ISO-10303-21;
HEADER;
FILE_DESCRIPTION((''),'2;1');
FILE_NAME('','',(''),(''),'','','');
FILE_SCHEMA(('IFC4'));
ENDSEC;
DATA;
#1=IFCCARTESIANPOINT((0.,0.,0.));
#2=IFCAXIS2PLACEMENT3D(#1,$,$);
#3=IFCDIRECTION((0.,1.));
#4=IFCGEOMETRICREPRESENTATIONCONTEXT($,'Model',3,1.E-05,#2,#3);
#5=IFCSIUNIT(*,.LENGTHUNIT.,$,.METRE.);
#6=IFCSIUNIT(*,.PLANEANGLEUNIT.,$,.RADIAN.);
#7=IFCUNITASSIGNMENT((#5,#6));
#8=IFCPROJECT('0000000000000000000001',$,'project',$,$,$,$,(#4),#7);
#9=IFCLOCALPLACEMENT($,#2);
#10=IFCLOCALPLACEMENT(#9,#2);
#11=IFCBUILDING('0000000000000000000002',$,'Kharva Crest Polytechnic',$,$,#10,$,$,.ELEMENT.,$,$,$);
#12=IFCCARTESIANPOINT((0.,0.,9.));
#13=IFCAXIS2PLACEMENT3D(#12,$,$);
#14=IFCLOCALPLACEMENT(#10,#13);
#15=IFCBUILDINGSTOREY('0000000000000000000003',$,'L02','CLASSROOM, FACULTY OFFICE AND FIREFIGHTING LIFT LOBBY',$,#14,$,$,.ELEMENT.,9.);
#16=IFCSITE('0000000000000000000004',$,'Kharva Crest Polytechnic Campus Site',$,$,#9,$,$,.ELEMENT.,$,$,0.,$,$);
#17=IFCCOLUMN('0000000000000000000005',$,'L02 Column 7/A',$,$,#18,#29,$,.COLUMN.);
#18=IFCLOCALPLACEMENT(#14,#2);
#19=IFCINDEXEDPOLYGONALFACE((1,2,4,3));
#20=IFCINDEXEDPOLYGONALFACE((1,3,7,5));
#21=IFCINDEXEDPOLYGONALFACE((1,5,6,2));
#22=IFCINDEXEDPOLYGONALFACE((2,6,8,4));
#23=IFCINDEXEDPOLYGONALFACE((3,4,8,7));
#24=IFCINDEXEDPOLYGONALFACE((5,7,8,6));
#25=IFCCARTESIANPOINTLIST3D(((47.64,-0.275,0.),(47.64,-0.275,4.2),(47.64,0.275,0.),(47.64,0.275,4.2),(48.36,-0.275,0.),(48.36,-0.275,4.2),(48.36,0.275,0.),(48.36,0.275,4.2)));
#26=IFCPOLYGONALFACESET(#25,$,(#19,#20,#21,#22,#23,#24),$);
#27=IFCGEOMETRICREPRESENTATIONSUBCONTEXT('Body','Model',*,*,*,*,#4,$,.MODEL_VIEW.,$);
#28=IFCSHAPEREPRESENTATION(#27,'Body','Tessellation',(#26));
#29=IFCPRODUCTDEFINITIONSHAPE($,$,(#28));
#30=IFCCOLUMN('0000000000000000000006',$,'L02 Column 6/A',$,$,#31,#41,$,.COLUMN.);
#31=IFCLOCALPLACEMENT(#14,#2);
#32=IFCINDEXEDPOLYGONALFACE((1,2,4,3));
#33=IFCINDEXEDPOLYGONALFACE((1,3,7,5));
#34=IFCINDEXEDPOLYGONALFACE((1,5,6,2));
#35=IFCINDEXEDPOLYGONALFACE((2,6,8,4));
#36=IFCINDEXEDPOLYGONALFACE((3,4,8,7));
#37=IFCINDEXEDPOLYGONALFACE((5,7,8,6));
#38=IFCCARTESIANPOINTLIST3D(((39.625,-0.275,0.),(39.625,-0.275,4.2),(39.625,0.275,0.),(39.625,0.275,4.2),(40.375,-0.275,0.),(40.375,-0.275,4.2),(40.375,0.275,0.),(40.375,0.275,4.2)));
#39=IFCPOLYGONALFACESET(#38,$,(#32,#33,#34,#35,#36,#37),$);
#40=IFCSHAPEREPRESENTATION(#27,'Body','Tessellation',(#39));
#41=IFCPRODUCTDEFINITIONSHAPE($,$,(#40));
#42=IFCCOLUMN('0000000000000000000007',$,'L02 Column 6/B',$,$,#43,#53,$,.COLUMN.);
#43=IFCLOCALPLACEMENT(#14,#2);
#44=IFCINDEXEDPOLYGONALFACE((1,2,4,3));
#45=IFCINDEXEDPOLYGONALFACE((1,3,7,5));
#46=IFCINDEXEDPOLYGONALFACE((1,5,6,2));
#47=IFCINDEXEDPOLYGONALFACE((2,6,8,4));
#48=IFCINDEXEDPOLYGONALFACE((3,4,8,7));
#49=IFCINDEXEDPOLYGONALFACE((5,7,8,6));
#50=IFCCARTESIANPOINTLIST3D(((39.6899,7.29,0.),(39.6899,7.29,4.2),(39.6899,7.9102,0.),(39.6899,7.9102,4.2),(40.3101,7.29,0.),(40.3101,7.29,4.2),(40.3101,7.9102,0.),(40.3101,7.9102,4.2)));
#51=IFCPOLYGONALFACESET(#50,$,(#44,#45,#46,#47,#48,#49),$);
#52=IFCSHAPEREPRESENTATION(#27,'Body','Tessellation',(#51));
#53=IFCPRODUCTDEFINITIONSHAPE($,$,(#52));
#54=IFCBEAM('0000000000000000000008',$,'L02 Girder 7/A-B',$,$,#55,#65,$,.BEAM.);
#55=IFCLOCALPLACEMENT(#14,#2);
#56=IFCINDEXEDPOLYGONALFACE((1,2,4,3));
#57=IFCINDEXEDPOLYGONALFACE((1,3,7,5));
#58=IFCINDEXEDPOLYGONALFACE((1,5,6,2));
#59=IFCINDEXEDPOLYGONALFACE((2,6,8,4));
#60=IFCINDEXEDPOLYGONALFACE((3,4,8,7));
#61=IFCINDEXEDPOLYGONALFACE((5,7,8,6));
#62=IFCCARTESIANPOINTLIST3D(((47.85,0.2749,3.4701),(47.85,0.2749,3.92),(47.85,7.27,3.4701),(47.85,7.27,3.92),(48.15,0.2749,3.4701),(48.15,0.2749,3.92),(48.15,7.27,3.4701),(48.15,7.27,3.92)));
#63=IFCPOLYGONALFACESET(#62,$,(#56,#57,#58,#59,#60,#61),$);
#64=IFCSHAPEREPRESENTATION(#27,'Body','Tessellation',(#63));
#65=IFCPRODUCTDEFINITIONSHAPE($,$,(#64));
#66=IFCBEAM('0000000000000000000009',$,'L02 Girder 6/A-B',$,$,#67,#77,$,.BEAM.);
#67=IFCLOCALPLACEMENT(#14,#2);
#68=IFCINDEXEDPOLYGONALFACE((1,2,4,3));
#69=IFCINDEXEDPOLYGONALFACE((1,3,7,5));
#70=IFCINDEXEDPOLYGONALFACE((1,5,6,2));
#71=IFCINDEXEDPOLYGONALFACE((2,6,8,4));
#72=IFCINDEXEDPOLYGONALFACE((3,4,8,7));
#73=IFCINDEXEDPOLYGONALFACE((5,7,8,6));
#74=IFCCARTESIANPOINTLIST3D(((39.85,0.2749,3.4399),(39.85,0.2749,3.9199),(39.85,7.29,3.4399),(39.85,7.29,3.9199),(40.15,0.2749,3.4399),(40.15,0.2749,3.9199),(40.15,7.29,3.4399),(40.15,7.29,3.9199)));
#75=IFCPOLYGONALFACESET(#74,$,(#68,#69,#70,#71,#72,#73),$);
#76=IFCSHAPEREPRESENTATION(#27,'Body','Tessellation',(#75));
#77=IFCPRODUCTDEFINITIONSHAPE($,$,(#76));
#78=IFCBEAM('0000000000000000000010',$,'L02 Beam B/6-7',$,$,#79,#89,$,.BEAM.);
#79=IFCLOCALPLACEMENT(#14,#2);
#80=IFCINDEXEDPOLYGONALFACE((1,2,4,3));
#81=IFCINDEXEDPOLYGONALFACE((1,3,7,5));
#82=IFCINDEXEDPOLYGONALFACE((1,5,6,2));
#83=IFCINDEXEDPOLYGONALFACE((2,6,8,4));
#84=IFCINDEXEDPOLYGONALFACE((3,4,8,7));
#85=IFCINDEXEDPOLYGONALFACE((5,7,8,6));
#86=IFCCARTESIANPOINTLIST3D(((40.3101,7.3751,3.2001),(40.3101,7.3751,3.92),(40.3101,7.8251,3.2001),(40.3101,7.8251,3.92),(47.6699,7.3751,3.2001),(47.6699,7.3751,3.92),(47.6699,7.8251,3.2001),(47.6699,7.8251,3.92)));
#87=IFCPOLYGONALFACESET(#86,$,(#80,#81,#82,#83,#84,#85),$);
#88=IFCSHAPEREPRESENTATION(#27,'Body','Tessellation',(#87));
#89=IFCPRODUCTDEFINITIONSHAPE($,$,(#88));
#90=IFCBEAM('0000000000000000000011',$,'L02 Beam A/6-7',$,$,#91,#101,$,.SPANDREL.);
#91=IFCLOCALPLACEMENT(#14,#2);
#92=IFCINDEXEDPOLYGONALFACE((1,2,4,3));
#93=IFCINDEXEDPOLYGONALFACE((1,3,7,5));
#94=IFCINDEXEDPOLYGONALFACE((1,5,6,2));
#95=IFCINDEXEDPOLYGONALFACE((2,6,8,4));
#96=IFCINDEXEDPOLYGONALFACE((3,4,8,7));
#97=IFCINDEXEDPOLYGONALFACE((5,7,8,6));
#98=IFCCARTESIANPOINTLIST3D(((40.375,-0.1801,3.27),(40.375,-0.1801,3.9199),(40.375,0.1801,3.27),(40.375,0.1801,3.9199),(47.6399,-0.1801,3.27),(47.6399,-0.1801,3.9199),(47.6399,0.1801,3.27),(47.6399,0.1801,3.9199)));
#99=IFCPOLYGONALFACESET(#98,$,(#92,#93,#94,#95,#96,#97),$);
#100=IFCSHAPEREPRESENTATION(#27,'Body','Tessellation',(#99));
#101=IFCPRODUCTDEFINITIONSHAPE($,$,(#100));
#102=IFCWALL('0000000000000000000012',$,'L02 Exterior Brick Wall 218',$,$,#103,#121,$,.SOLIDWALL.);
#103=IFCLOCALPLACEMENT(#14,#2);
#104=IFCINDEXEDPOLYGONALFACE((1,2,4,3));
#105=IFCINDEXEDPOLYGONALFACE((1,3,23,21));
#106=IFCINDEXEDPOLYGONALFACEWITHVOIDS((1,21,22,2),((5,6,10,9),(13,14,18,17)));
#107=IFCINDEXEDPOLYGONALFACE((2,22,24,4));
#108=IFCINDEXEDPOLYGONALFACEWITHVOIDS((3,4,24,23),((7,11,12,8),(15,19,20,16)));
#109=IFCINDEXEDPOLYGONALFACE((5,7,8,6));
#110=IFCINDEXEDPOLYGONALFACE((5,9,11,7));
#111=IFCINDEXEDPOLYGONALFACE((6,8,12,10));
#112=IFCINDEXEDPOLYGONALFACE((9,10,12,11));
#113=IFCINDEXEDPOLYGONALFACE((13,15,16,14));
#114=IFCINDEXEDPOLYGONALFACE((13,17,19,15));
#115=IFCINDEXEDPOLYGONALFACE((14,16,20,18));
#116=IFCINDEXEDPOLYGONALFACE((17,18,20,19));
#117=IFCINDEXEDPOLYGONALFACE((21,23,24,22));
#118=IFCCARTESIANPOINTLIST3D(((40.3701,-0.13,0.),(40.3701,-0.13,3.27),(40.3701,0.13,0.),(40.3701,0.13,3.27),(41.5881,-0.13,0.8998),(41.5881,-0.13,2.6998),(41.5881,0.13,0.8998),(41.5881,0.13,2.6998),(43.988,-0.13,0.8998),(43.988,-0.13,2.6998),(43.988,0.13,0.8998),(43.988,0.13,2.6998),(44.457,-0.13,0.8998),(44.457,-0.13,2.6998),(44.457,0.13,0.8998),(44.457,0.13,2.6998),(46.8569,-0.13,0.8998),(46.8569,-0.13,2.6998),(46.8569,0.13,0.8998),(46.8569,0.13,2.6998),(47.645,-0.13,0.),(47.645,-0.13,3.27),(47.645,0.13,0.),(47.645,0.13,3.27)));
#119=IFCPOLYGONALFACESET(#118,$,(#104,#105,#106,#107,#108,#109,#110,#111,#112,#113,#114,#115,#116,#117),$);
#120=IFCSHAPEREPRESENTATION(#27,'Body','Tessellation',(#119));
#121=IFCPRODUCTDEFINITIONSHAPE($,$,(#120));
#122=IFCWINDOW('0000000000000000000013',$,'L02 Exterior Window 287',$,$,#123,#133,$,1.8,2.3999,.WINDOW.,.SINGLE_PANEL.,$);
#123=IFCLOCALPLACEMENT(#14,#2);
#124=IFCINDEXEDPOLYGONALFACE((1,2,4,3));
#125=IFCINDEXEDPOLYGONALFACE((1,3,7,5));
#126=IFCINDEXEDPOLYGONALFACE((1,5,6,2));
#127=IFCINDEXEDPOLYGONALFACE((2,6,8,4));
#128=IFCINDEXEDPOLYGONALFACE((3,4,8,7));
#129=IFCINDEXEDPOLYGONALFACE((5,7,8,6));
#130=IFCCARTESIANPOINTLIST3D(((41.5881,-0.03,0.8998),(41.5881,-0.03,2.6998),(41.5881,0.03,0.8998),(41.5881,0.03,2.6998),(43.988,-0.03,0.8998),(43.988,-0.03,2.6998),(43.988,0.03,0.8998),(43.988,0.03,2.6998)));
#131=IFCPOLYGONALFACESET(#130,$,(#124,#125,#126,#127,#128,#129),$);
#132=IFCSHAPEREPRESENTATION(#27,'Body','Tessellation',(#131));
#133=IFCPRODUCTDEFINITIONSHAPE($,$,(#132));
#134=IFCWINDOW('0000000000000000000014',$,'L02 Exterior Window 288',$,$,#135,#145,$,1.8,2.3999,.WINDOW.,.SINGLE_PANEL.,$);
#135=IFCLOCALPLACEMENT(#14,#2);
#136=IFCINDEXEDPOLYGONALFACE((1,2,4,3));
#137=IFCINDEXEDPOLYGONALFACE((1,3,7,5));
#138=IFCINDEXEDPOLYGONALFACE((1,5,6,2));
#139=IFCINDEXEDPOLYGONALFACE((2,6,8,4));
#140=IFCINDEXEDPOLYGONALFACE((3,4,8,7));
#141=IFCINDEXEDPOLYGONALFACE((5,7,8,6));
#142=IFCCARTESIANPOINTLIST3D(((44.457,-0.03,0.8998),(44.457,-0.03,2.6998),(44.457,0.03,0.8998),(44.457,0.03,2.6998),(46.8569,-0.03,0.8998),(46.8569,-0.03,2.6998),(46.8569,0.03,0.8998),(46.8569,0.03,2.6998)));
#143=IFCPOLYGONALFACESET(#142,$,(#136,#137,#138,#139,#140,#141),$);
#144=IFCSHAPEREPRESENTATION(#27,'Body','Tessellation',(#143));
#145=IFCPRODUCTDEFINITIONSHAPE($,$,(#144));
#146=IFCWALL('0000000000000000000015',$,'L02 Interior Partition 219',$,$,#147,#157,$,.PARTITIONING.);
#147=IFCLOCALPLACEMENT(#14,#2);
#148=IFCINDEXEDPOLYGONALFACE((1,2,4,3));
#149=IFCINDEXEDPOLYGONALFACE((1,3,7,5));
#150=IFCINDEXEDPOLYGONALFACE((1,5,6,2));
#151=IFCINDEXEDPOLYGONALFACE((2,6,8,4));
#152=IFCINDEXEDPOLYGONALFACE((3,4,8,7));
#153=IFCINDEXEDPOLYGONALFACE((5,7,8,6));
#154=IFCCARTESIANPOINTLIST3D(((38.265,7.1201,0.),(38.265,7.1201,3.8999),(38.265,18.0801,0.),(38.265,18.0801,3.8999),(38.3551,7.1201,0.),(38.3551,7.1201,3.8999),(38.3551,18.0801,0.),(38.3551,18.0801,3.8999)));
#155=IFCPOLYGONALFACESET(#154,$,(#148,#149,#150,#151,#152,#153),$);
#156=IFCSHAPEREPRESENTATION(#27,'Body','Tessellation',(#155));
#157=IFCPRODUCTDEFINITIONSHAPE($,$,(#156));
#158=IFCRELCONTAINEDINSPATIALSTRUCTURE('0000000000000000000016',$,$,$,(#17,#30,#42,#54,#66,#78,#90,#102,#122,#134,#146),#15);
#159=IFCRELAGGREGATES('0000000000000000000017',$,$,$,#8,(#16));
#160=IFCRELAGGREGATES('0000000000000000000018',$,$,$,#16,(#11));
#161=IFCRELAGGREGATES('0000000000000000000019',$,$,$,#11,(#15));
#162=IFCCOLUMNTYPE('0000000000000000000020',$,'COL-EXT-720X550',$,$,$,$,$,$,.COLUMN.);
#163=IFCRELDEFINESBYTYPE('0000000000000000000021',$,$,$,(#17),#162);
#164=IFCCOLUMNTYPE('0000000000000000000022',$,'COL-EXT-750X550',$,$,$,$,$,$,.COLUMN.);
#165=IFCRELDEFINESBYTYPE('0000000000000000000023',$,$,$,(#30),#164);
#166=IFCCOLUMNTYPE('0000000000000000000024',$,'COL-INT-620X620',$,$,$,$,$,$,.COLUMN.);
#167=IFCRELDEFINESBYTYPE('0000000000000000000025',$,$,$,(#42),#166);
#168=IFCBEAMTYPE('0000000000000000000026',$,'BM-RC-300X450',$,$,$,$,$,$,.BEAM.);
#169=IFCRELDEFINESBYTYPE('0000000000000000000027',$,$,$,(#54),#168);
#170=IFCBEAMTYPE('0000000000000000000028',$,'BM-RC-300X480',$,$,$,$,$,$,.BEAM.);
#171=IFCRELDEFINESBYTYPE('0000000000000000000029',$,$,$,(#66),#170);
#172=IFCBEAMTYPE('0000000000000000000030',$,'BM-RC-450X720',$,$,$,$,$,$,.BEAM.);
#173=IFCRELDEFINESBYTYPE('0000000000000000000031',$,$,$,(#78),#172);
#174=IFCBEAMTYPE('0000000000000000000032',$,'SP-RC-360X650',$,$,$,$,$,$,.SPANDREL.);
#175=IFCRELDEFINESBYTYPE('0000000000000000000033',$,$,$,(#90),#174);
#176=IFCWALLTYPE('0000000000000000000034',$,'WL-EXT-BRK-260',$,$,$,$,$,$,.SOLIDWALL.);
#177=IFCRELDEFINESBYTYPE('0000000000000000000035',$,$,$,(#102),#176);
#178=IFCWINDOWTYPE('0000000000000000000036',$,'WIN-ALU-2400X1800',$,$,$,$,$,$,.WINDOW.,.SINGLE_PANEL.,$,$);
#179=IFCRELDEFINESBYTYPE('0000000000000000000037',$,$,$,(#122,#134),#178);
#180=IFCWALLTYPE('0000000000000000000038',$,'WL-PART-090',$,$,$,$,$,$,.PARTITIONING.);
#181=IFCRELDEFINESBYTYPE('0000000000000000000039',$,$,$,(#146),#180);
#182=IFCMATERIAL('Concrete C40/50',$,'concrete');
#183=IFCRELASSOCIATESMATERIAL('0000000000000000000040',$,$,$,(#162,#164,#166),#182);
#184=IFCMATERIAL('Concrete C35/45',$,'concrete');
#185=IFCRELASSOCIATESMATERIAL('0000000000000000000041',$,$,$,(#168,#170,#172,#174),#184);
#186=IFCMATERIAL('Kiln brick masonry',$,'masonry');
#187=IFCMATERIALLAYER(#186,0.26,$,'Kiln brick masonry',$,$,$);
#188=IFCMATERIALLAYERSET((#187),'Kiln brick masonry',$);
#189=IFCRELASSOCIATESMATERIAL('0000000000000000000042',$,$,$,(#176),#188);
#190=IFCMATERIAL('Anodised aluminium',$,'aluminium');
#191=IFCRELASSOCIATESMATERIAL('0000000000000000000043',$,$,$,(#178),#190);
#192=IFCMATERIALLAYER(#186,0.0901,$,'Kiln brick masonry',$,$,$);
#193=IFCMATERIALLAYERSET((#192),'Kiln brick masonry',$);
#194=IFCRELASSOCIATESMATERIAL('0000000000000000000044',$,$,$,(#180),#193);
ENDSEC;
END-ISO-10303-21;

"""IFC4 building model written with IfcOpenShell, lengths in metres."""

from ifc_helpers import new_model, si_unit, direction, frame, frame_2d, origin, origin_2d, place, context, subcontext, project, spatial, rectangle, extrude, material, layer, layer_set, material_profile, profile_set, type_object, element, fill, save


model = new_model("IFC4")

# Units and contexts
model_context = context("Model", 3, precision=1e-05, world=origin(), true_north=direction((0.0, 1.0)))
body_context = subcontext(model_context, "Body", "Model", "MODEL_VIEW")
ifc_project = project(units=[si_unit("LENGTHUNIT", "METRE"), si_unit("PLANEANGLEUNIT", "RADIAN")], contexts=[model_context])

# Site, building, storey
site_placement = place(None, origin())
site = spatial("IfcSite", under=ifc_project, at=site_placement, Name="Kharva Crest Polytechnic Campus Site", CompositionType="ELEMENT", RefElevation=0.0)
building_placement = place(site_placement, origin())
building = spatial("IfcBuilding", under=site, at=building_placement, Name="Kharva Crest Polytechnic", CompositionType="ELEMENT")
storey_placement = place(building_placement, frame((0.0, 0.0, 9.0)))
storey = spatial("IfcBuildingStorey", under=building, at=storey_placement, Name="L02", Description="CLASSROOM, FACULTY OFFICE AND FIREFIGHTING LIFT LOBBY", CompositionType="ELEMENT", Elevation=9.0)

# Columns
ifc_material_1 = material(Name="Concrete C40/50", Category="concrete")
ifc_material_profile_1 = material_profile(ifc_material_1, rectangle(XDim=0.72, YDim=0.55, at=origin_2d()), Name="RECT 720 X 550")
ifc_profile_set_1 = profile_set([ifc_material_profile_1], Name="Concrete C40/50")
column_type_1 = type_object("IfcColumnType", Name="COL-EXT-720X550", PredefinedType="COLUMN", material=ifc_profile_set_1)
column_1_placement = place(storey_placement, frame((48.0, 0.0, 0.0), z_axis=(0.0, 0.0, 1.0), x_axis=(1.0, 0.0, 0.0)))
element("IfcColumn", 1, at=column_1_placement, inside=storey, type_object=column_type_1, Name="L02 Column 7/A", PredefinedType="COLUMN", context=body_context, shape_type="SweptSolid", body=[
    extrude(rectangle(XDim=0.72, YDim=0.55, at=origin_2d()), origin(), (0.0, 0.0, 1.0), 4.2),
])
ifc_material_profile_2 = material_profile(ifc_material_1, rectangle(XDim=0.75, YDim=0.55, at=origin_2d()), Name="RECT 750 X 550")
ifc_profile_set_2 = profile_set([ifc_material_profile_2], Name="Concrete C40/50")
column_type_2 = type_object("IfcColumnType", Name="COL-EXT-750X550", PredefinedType="COLUMN", material=ifc_profile_set_2)
column_2_placement = place(storey_placement, frame((40.0, 0.0, 0.0), z_axis=(0.0, 0.0, 1.0), x_axis=(1.0, 0.0, 0.0)))
element("IfcColumn", 2, at=column_2_placement, inside=storey, type_object=column_type_2, Name="L02 Column 6/A", PredefinedType="COLUMN", context=body_context, shape_type="SweptSolid", body=[
    extrude(rectangle(XDim=0.75, YDim=0.55, at=origin_2d()), origin(), (0.0, 0.0, 1.0), 4.2),
])
ifc_material_profile_3 = material_profile(ifc_material_1, rectangle(XDim=0.6201, YDim=0.6201, at=origin_2d()), Name="RECT 620 X 620")
ifc_profile_set_3 = profile_set([ifc_material_profile_3], Name="Concrete C40/50")
column_type_3 = type_object("IfcColumnType", Name="COL-INT-620X620", PredefinedType="COLUMN", material=ifc_profile_set_3)
column_3_placement = place(storey_placement, frame((40.0, 7.6001, 0.0), z_axis=(0.0, 0.0, 1.0), x_axis=(1.0, 0.0, 0.0)))
element("IfcColumn", 3, at=column_3_placement, inside=storey, type_object=column_type_3, Name="L02 Column 6/B", PredefinedType="COLUMN", context=body_context, shape_type="SweptSolid", body=[
    extrude(rectangle(XDim=0.6201, YDim=0.6201, at=origin_2d()), origin(), (0.0, 0.0, 1.0), 4.2),
])

# Beams
ifc_material_2 = material(Name="Concrete C35/45", Category="concrete")
ifc_material_profile_4 = material_profile(ifc_material_2, rectangle(XDim=0.3, YDim=0.45, at=origin_2d()), Name="RECT 300 X 450")
ifc_profile_set_4 = profile_set([ifc_material_profile_4], Name="Concrete C35/45")
beam_type_1 = type_object("IfcBeamType", Name="BM-RC-300X450", PredefinedType="BEAM", material=ifc_profile_set_4)
beam_1_placement = place(storey_placement, frame((48.0, 0.2749, 3.6951), z_axis=(0.0, 1.0, 0.0), x_axis=(-1.0, 0.0, 0.0)))
element("IfcBeam", 4, at=beam_1_placement, inside=storey, type_object=beam_type_1, Name="L02 Girder 7/A-B", PredefinedType="BEAM", context=body_context, shape_type="SweptSolid", body=[
    extrude(rectangle(XDim=0.3, YDim=0.45, at=origin_2d()), origin(), (0.0, 0.0, 1.0), 6.9951),
])
ifc_material_profile_5 = material_profile(ifc_material_2, rectangle(XDim=0.3, YDim=0.48, at=origin_2d()), Name="RECT 300 X 480")
ifc_profile_set_5 = profile_set([ifc_material_profile_5], Name="Concrete C35/45")
beam_type_2 = type_object("IfcBeamType", Name="BM-RC-300X480", PredefinedType="BEAM", material=ifc_profile_set_5)
beam_2_placement = place(storey_placement, frame((40.0, 0.2749, 3.6799), z_axis=(0.0, 1.0, 0.0), x_axis=(-1.0, 0.0, 0.0)))
element("IfcBeam", 5, at=beam_2_placement, inside=storey, type_object=beam_type_2, Name="L02 Girder 6/A-B", PredefinedType="BEAM", context=body_context, shape_type="SweptSolid", body=[
    extrude(rectangle(XDim=0.3, YDim=0.48, at=origin_2d()), origin(), (0.0, 0.0, 1.0), 7.0151),
])
ifc_material_profile_6 = material_profile(ifc_material_2, rectangle(XDim=0.45, YDim=0.72, at=origin_2d()), Name="RECT 450 X 720")
ifc_profile_set_6 = profile_set([ifc_material_profile_6], Name="Concrete C35/45")
beam_type_3 = type_object("IfcBeamType", Name="BM-RC-450X720", PredefinedType="BEAM", material=ifc_profile_set_6)
beam_3_placement = place(storey_placement, frame((40.3101, 7.6001, 3.5601), z_axis=(1.0, 0.0, 0.0), x_axis=(0.0, 1.0, 0.0)))
element("IfcBeam", 6, at=beam_3_placement, inside=storey, type_object=beam_type_3, Name="L02 Beam B/6-7", PredefinedType="BEAM", context=body_context, shape_type="SweptSolid", body=[
    extrude(rectangle(XDim=0.45, YDim=0.72, at=origin_2d()), origin(), (0.0, 0.0, 1.0), 7.3599),
])
ifc_material_profile_7 = material_profile(ifc_material_2, rectangle(XDim=0.3601, YDim=0.6499, at=origin_2d()), Name="RECT 360 X 650")
ifc_profile_set_7 = profile_set([ifc_material_profile_7], Name="Concrete C35/45")
beam_type_4 = type_object("IfcBeamType", Name="SP-RC-360X650", PredefinedType="SPANDREL", material=ifc_profile_set_7)
beam_4_placement = place(storey_placement, frame((40.375, 0.0, 3.595), z_axis=(1.0, 0.0, 0.0), x_axis=(0.0, 1.0, 0.0)))
element("IfcBeam", 7, at=beam_4_placement, inside=storey, type_object=beam_type_4, Name="L02 Beam A/6-7", PredefinedType="SPANDREL", context=body_context, shape_type="SweptSolid", body=[
    extrude(rectangle(XDim=0.3601, YDim=0.6499, at=origin_2d()), origin(), (0.0, 0.0, 1.0), 7.2649),
])

# Wall, openings, windows
ifc_material_3 = material(Name="Kiln brick masonry", Category="masonry")
ifc_layer_1 = layer(ifc_material_3, 0.26, Name="Kiln brick masonry")
ifc_layer_set_1 = layer_set([ifc_layer_1], Name="Kiln brick masonry")
wall_type_1 = type_object("IfcWallType", Name="WL-EXT-BRK-260", PredefinedType="SOLIDWALL", material=ifc_layer_set_1)
wall_1_placement = place(storey_placement, frame((40.3701, 0.0, 0.0), z_axis=(0.0, 0.0, 1.0), x_axis=(1.0, 0.0, 0.0)))
wall_1 = element("IfcWall", 8, at=wall_1_placement, inside=storey, type_object=wall_type_1, Name="L02 Exterior Brick Wall 218", PredefinedType="SOLIDWALL", context=body_context, shape_type="SweptSolid", body=[
    extrude(rectangle(XDim=7.2749, YDim=0.26, at=frame_2d((3.6375, 0.0))), origin(), (0.0, 0.0, 1.0), 3.27),
])
opening_1_placement = place(wall_1_placement, frame((1.218, 0.0, 0.8999)))
opening_1 = element("IfcOpeningElement", 9, at=opening_1_placement, cuts=wall_1, PredefinedType="OPENING", context=body_context, shape_type="SweptSolid", body=[
    extrude(rectangle(XDim=2.3999, YDim=1.8, at=frame_2d((1.2, 0.8999))), frame((0.0, 0.1399, 0.0), z_axis=(0.0, -1.0, 0.0), x_axis=(1.0, 0.0, 0.0)), (0.0, 0.0, 1.0), 0.28),
])
opening_2_placement = place(wall_1_placement, frame((4.0869, 0.0, 0.8999)))
opening_2 = element("IfcOpeningElement", 10, at=opening_2_placement, cuts=wall_1, PredefinedType="OPENING", context=body_context, shape_type="SweptSolid", body=[
    extrude(rectangle(XDim=2.3999, YDim=1.8, at=frame_2d((1.2, 0.8999))), frame((0.0, 0.1399, 0.0), z_axis=(0.0, -1.0, 0.0), x_axis=(1.0, 0.0, 0.0)), (0.0, 0.0, 1.0), 0.28),
])
ifc_material_4 = material(Name="Anodised aluminium", Category="aluminium")
window_type = type_object("IfcWindowType", Name="WIN-ALU-2400X1800", PartitioningType="SINGLE_PANEL", PredefinedType="WINDOW", material=ifc_material_4)
window_1_placement = place(opening_1_placement, origin())
window_1 = element("IfcWindow", 11, at=window_1_placement, inside=storey, type_object=window_type, Name="L02 Exterior Window 287", OverallHeight=1.8, OverallWidth=2.3999, PartitioningType="SINGLE_PANEL", PredefinedType="WINDOW", context=body_context, shape_type="SweptSolid", body=[
    extrude(rectangle(XDim=2.3999, YDim=1.8, at=frame_2d((1.2, 0.8999))), frame((0.0, 0.03, 0.0), z_axis=(0.0, -1.0, 0.0), x_axis=(1.0, 0.0, 0.0)), (0.0, 0.0, 1.0), 0.0601),
])
fill(opening_1, window_1)
window_2_placement = place(opening_2_placement, origin())
window_2 = element("IfcWindow", 12, at=window_2_placement, inside=storey, type_object=window_type, Name="L02 Exterior Window 288", OverallHeight=1.8, OverallWidth=2.3999, PartitioningType="SINGLE_PANEL", PredefinedType="WINDOW", context=body_context, shape_type="SweptSolid", body=[
    extrude(rectangle(XDim=2.3999, YDim=1.8, at=frame_2d((1.2, 0.8999))), frame((0.0, 0.03, 0.0), z_axis=(0.0, -1.0, 0.0), x_axis=(1.0, 0.0, 0.0)), (0.0, 0.0, 1.0), 0.0601),
])
fill(opening_2, window_2)

# Wall
ifc_layer_2 = layer(ifc_material_3, 0.0901, Name="Kiln brick masonry")
ifc_layer_set_2 = layer_set([ifc_layer_2], Name="Kiln brick masonry")
wall_type_2 = type_object("IfcWallType", Name="WL-PART-090", PredefinedType="PARTITIONING", material=ifc_layer_set_2)
wall_2_placement = place(storey_placement, frame((38.3101, 7.1201, 0.0), z_axis=(0.0, 0.0, 1.0), x_axis=(0.0, 1.0, 0.0)))
element("IfcWall", 13, at=wall_2_placement, inside=storey, type_object=wall_type_2, Name="L02 Interior Partition 219", PredefinedType="PARTITIONING", context=body_context, shape_type="SweptSolid", body=[
    extrude(rectangle(XDim=10.96, YDim=0.0901, at=frame_2d((5.48, 0.0))), origin(), (0.0, 0.0, 1.0), 3.8999),
])

save(model, "model.ifc")
